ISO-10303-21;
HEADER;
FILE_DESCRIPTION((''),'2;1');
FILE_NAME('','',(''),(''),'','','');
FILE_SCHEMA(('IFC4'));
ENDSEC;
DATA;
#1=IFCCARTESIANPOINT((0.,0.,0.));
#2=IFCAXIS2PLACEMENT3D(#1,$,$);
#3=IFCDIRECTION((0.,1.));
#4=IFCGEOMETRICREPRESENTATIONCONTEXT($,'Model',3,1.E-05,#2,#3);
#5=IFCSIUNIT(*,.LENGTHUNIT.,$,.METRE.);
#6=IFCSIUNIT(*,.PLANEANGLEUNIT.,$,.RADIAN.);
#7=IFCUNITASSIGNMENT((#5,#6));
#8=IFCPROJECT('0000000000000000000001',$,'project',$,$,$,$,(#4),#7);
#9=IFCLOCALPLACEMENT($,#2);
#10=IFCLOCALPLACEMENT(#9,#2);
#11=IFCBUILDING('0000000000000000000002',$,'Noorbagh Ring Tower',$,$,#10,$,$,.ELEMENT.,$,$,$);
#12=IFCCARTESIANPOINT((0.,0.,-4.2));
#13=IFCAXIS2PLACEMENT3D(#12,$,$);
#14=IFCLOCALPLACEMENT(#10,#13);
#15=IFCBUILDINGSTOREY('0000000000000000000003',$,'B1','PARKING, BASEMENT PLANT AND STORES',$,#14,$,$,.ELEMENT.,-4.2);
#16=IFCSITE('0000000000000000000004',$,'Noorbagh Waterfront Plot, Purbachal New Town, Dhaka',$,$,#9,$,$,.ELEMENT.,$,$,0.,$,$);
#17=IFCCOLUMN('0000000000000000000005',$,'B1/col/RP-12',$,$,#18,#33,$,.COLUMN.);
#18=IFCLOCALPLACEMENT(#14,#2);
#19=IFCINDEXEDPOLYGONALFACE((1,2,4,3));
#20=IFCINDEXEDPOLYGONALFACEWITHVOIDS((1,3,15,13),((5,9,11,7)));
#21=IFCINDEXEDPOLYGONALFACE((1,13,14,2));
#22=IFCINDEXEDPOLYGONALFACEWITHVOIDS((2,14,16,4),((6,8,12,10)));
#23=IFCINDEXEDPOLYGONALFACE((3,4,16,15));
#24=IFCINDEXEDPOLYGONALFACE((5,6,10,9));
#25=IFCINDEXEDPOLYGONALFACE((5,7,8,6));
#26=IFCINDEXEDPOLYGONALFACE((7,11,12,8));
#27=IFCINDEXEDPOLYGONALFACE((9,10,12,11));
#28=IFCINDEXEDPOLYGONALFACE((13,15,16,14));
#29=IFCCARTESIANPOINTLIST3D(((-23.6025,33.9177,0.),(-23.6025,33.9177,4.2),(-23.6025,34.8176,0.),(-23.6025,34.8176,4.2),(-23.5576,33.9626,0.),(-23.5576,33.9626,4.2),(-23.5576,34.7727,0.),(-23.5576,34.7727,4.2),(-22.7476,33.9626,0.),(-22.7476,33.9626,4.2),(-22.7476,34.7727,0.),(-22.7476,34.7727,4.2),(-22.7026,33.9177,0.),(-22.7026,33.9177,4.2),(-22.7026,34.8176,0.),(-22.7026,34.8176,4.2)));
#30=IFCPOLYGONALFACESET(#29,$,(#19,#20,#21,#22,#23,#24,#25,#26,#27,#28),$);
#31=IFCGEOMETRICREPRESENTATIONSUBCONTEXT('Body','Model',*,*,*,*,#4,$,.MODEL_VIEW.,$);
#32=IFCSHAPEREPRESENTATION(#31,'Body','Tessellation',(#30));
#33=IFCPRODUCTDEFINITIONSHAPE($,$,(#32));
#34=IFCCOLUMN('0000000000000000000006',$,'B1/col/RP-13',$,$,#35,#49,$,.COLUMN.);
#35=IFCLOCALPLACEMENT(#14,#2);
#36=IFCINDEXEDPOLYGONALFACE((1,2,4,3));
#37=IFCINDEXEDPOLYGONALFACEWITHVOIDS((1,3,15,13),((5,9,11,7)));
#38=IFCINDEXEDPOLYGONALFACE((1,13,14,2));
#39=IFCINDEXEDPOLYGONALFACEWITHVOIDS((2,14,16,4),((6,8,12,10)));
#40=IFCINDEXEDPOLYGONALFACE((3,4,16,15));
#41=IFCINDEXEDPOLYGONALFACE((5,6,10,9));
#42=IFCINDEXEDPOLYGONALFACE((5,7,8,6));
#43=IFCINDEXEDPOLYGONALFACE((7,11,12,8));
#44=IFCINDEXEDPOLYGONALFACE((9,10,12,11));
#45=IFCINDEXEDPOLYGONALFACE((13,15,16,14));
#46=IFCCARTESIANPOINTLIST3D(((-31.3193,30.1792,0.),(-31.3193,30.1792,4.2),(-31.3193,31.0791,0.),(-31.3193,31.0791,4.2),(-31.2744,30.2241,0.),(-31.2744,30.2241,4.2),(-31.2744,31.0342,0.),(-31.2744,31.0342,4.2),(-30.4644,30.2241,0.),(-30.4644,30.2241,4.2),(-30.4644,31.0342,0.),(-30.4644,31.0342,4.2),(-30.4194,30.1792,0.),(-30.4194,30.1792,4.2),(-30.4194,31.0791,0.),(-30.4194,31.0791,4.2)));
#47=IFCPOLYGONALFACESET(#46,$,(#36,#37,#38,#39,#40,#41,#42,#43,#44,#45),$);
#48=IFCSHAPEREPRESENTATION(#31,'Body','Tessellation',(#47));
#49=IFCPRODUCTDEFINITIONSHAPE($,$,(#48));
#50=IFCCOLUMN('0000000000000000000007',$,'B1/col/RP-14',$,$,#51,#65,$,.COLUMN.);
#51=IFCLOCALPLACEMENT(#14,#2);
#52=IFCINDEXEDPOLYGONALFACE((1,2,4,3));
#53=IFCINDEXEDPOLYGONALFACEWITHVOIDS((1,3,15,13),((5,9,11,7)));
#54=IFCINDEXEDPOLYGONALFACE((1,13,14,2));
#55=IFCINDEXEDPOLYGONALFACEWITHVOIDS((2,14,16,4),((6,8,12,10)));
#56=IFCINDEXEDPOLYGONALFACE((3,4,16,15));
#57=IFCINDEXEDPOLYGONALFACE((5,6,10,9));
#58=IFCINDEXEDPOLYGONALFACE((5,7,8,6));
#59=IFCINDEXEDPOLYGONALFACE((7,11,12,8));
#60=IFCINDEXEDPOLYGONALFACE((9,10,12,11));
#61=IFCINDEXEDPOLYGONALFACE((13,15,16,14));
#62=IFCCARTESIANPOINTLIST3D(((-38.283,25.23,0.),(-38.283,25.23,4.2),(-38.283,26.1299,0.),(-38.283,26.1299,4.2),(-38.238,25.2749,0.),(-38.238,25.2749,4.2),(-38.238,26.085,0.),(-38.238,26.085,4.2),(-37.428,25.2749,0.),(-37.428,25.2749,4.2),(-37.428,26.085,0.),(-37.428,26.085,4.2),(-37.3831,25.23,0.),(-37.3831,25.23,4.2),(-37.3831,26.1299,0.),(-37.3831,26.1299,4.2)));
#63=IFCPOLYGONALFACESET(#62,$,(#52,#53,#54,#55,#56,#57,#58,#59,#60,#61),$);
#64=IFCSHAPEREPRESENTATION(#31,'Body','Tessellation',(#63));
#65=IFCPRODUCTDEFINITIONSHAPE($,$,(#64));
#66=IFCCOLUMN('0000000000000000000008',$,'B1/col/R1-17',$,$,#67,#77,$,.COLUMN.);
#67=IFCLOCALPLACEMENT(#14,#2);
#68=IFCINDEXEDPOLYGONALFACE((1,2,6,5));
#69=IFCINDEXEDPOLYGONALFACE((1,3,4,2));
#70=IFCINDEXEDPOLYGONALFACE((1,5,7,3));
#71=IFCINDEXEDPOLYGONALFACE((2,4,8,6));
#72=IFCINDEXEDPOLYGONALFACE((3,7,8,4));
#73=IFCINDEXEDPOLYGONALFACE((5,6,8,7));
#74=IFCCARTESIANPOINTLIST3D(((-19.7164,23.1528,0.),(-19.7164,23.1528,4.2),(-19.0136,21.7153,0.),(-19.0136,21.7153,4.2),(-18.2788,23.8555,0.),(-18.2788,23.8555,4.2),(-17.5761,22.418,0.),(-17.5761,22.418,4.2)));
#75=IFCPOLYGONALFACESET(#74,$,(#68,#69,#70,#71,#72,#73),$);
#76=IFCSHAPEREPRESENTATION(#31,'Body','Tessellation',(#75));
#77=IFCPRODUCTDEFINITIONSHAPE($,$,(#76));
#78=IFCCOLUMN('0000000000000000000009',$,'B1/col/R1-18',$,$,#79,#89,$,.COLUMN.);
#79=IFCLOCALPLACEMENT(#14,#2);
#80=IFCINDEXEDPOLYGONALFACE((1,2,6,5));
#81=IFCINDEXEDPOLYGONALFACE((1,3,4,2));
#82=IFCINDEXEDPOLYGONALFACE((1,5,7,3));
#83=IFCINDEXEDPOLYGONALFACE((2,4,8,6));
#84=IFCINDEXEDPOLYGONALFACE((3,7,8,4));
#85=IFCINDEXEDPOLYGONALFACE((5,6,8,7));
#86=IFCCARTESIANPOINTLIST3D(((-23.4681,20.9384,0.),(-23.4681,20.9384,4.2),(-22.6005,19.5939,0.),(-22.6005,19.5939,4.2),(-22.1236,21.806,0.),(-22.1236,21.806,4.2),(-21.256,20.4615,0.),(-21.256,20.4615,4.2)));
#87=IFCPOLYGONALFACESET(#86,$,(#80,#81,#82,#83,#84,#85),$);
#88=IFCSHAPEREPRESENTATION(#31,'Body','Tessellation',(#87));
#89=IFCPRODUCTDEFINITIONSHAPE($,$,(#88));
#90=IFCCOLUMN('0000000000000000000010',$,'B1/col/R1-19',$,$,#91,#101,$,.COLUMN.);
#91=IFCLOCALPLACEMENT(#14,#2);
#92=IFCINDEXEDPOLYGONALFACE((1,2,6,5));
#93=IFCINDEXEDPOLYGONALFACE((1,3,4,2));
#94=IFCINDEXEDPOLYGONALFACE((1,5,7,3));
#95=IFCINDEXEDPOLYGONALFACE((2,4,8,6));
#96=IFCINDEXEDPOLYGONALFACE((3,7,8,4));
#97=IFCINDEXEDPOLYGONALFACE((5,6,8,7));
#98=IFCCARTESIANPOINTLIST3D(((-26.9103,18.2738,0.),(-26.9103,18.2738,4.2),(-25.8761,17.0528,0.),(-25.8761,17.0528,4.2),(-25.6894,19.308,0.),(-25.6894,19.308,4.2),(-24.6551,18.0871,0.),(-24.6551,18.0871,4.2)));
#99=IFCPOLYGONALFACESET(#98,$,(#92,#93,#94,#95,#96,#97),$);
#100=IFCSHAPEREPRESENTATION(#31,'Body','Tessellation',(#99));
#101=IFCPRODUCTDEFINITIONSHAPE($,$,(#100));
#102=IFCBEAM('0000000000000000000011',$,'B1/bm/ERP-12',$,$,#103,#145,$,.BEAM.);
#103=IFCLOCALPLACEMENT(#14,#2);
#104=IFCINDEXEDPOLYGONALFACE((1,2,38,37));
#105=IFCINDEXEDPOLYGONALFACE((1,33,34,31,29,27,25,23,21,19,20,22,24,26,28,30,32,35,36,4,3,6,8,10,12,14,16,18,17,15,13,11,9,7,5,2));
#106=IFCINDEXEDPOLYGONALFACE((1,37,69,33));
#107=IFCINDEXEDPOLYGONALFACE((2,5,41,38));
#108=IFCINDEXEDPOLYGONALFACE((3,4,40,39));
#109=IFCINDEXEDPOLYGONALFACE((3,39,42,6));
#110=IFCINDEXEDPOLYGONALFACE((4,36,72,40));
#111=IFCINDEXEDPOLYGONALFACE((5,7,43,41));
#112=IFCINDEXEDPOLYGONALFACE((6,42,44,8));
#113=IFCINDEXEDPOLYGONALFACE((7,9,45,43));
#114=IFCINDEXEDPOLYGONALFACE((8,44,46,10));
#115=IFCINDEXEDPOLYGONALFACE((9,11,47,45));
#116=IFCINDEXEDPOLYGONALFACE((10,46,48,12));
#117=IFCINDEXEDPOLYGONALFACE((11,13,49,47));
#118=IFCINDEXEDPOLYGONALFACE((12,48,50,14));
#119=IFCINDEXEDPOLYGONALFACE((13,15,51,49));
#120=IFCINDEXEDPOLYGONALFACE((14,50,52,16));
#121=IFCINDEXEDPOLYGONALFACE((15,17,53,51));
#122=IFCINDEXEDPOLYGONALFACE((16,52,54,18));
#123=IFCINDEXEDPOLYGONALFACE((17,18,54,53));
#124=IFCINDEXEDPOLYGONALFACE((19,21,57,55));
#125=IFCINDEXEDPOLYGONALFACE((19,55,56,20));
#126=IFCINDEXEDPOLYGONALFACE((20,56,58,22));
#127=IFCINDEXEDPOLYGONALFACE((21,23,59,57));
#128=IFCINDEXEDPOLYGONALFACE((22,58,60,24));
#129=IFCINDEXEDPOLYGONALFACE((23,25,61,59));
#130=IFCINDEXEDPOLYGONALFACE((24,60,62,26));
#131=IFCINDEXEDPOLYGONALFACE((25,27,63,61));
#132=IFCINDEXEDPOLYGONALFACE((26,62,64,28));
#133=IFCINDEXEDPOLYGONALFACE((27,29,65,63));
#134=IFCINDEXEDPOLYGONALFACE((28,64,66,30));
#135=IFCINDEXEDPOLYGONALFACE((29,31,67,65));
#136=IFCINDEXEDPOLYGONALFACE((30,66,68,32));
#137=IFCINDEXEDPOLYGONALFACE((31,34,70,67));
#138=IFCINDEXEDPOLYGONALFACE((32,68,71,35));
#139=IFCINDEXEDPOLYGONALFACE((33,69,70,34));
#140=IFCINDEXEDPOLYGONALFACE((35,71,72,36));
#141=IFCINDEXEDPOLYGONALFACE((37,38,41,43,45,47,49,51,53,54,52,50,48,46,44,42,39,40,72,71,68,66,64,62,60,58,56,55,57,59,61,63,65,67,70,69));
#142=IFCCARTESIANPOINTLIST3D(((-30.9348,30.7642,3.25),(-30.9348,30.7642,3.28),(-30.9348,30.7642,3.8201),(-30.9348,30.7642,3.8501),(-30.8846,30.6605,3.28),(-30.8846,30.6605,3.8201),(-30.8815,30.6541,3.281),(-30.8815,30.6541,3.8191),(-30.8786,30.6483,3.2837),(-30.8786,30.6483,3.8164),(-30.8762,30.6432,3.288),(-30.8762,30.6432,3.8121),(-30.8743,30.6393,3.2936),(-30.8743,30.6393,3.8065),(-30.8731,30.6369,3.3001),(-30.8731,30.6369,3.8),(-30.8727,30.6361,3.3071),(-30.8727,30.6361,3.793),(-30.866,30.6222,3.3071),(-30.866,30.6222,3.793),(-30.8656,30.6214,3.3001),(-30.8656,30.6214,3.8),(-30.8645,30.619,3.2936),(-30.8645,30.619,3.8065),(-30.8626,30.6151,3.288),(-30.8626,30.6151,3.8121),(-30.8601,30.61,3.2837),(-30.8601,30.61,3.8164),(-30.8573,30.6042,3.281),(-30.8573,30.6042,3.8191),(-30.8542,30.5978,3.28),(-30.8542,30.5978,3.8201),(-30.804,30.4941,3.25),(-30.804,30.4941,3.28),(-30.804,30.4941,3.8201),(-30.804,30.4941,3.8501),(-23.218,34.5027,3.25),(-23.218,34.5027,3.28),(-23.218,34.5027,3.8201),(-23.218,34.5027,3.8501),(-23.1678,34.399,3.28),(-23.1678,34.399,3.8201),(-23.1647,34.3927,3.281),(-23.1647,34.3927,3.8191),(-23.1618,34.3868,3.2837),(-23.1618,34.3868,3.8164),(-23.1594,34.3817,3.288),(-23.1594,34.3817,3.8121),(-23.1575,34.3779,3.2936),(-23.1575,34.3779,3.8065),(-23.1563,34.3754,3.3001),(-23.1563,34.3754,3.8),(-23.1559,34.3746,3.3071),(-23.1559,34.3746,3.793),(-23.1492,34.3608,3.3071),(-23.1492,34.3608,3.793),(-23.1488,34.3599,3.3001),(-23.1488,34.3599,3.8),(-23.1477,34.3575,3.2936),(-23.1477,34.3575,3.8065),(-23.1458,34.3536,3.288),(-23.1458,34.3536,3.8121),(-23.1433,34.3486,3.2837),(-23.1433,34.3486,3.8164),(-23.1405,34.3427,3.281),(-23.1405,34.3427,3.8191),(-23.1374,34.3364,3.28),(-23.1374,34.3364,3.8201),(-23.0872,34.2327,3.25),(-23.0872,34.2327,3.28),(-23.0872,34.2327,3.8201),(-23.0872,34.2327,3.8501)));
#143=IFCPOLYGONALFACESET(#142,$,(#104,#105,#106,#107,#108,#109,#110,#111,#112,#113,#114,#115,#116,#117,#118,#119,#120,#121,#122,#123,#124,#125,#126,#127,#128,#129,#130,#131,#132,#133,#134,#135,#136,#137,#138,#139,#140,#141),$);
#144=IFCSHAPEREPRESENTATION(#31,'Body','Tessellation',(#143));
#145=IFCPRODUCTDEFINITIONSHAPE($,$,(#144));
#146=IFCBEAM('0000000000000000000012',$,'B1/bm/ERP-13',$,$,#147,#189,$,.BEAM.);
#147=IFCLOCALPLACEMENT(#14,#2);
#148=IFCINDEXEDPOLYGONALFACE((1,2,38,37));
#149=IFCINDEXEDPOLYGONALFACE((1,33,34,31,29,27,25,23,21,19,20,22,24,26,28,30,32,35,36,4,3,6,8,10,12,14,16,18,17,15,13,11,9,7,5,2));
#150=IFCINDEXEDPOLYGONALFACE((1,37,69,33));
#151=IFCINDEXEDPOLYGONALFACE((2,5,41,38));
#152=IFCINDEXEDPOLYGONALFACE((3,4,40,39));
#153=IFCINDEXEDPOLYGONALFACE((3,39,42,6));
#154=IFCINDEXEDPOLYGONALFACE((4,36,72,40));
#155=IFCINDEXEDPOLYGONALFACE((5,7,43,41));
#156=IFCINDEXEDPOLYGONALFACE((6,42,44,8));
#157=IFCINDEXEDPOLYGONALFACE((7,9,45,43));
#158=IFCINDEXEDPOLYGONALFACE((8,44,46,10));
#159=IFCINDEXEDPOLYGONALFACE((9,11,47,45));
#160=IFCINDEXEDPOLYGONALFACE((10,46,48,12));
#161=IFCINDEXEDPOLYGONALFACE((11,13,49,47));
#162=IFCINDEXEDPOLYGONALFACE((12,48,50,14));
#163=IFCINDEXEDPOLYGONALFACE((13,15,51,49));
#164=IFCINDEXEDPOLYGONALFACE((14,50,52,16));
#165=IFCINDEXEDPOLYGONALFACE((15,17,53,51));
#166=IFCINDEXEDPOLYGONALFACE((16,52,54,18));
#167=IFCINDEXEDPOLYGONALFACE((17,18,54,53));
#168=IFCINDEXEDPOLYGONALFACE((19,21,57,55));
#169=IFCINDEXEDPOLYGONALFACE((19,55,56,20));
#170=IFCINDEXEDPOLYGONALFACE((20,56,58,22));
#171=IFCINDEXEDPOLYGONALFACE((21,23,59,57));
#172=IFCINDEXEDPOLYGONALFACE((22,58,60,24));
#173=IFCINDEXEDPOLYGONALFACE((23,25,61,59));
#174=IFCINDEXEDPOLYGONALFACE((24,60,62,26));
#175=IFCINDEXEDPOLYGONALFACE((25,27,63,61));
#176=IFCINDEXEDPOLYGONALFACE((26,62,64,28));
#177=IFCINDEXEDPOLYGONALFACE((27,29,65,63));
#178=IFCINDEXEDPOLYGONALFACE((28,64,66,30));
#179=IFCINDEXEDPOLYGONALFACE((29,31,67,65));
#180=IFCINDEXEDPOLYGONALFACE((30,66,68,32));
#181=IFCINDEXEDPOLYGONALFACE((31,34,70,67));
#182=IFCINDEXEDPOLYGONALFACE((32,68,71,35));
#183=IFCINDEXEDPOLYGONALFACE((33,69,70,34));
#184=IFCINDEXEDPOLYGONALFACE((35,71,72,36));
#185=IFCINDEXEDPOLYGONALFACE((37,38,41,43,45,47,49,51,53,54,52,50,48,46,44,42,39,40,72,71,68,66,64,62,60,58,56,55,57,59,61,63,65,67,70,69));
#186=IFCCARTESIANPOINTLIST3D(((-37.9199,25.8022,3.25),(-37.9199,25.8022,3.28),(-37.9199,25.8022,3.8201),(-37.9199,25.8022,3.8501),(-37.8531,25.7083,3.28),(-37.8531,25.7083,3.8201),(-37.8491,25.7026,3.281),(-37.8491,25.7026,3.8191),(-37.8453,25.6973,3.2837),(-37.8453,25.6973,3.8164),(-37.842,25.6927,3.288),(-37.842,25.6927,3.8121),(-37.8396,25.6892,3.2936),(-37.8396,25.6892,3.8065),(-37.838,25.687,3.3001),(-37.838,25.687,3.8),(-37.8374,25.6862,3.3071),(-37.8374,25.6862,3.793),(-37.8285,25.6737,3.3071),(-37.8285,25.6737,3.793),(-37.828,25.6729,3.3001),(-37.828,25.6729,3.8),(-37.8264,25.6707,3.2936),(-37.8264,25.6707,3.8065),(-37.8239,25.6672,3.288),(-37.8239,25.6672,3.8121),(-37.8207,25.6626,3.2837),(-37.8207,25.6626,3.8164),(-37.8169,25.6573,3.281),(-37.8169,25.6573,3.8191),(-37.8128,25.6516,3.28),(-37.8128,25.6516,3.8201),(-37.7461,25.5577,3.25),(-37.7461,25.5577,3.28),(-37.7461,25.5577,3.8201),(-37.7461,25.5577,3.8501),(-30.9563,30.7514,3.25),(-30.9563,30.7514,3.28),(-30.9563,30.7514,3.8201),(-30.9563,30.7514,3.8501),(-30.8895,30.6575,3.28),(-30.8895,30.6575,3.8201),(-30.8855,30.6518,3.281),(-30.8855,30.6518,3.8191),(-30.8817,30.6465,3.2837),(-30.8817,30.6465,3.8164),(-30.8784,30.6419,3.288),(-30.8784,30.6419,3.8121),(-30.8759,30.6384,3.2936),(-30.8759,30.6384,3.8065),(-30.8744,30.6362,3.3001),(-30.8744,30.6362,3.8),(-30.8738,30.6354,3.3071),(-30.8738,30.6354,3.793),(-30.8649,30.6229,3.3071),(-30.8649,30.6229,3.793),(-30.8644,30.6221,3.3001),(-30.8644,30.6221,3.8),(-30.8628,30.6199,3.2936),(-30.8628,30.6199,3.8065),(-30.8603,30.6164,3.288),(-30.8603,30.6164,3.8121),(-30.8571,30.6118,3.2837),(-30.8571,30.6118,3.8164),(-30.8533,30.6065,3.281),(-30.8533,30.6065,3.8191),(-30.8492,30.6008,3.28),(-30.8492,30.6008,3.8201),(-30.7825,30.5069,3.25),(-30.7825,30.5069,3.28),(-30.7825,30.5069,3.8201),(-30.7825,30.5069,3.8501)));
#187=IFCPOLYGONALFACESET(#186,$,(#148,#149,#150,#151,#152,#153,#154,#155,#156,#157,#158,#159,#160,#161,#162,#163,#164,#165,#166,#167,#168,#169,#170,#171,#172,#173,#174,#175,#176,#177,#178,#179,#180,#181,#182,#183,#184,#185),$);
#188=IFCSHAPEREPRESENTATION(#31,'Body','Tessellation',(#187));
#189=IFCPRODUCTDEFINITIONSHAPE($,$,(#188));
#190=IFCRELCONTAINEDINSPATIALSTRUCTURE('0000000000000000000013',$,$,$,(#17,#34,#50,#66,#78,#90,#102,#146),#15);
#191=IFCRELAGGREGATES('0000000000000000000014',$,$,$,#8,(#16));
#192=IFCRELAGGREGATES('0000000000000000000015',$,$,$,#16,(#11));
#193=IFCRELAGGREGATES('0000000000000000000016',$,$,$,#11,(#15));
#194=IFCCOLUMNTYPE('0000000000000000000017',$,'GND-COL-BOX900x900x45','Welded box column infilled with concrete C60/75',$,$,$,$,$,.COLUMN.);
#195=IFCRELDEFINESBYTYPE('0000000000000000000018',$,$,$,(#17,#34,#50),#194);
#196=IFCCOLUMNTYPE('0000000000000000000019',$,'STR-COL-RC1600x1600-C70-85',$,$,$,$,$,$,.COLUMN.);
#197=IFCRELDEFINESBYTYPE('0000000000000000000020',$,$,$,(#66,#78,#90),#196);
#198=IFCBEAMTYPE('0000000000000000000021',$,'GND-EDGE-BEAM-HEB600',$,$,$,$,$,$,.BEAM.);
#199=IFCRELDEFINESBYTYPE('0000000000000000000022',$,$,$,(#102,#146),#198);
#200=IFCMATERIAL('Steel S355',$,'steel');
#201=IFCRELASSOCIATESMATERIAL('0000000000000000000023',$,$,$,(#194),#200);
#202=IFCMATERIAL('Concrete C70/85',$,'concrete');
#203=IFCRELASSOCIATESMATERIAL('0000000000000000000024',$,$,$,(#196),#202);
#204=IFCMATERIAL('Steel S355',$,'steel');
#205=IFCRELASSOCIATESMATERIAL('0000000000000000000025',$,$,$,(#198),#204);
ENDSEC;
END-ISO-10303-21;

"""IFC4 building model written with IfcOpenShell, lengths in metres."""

from ifc_helpers import new_model, si_unit, direction, frame, origin, origin_2d, place, context, subcontext, project, spatial, rectangle, hollow_rectangle, i_section, extrude, material, material_profile, profile_set, type_object, element, save


model = new_model("IFC4")

# Units and contexts
model_context = context("Model", 3, precision=1e-05, world=origin(), true_north=direction((0.0, 1.0)))
body_context = subcontext(model_context, "Body", "Model", "MODEL_VIEW")
ifc_project = project(units=[si_unit("LENGTHUNIT", "METRE"), si_unit("PLANEANGLEUNIT", "RADIAN")], contexts=[model_context])

# Site, building, storey
site_placement = place(None, origin())
site = spatial("IfcSite", under=ifc_project, at=site_placement, Name="Noorbagh Waterfront Plot, Purbachal New Town, Dhaka", CompositionType="ELEMENT", RefElevation=0.0)
building_placement = place(site_placement, origin())
building = spatial("IfcBuilding", under=site, at=building_placement, Name="Noorbagh Ring Tower", CompositionType="ELEMENT")
storey_placement = place(building_placement, frame((0.0, 0.0, -4.2)))
storey = spatial("IfcBuildingStorey", under=building, at=storey_placement, Name="B1", Description="PARKING, BASEMENT PLANT AND STORES", CompositionType="ELEMENT", Elevation=-4.2)

# Columns
ifc_material_1 = material(Name="Steel S355", Category="steel")
ifc_material_profile_1 = material_profile(ifc_material_1, hollow_rectangle(XDim=0.8999, YDim=0.8999, WallThickness=0.0449, at=origin_2d()), Name="BOX900x900x45")
ifc_profile_set_1 = profile_set([ifc_material_profile_1], Name="Steel S355")
column_type_1 = type_object("IfcColumnType", Name="GND-COL-BOX900x900x45", Description="Welded box column infilled with concrete C60/75", PredefinedType="COLUMN", material=ifc_profile_set_1)
for number, where, z_axis, x_axis, name in (
    (1, (-23.1526, 34.3677, 0.0), (0.0, 0.0, 1.0), (1.0, 0.0, 0.0), "B1/col/RP-12"),
    (2, (-30.8694, 30.6292, 0.0), (0.0, 0.0, 1.0), (1.0, 0.0, 0.0), "B1/col/RP-13"),
    (3, (-37.833, 25.6799, 0.0), (0.0, 0.0, 1.0), (1.0, 0.0, 0.0), "B1/col/RP-14"),
):
    element("IfcColumn", number, at=place(storey_placement, frame(where, z_axis=z_axis, x_axis=x_axis)), inside=storey, type_object=column_type_1, Name=name, PredefinedType="COLUMN", context=body_context, shape_type="SweptSolid", body=[
        extrude(hollow_rectangle(XDim=0.8999, YDim=0.8999, WallThickness=0.0449, at=origin_2d()), origin(), (0.0, 0.0, 1.0), 4.2),
    ])
ifc_material_2 = material(Name="Concrete C70/85", Category="concrete")
ifc_material_profile_2 = material_profile(ifc_material_2, rectangle(XDim=1.6001, YDim=1.6001, at=origin_2d()), Name="RC1600x1600")
ifc_profile_set_2 = profile_set([ifc_material_profile_2], Name="Concrete C70/85")
column_type_2 = type_object("IfcColumnType", Name="STR-COL-RC1600x1600-C70-85", PredefinedType="COLUMN", material=ifc_profile_set_2)
for number, where, z_axis, x_axis, name in (
    (4, (-18.6462, 22.7854, 0.0), (0.0, 0.0, 1.0), (-0.898399, -0.43918, 0.0), "B1/col/R1-17"),
    (5, (-22.3621, 20.7, 0.0), (0.0, 0.0, 1.0), (-0.840248, -0.542203, 0.0), "B1/col/R1-18"),
    (6, (-25.7827, 18.1804, 0.0), (0.0, 0.0, 1.0), (-0.763035, -0.646357, 0.0), "B1/col/R1-19"),
):
    element("IfcColumn", number, at=place(storey_placement, frame(where, z_axis=z_axis, x_axis=x_axis)), inside=storey, type_object=column_type_2, Name=name, PredefinedType="COLUMN", context=body_context, shape_type="SweptSolid", body=[
        extrude(rectangle(XDim=1.6001, YDim=1.6001, at=origin_2d()), origin(), (0.0, 0.0, 1.0), 4.2),
    ])

# Beams
ifc_material_3 = material(Name="Steel S355", Category="steel")
ifc_material_profile_3 = material_profile(ifc_material_3, i_section(OverallWidth=0.3, OverallDepth=0.6001, WebThickness=0.0154, FlangeThickness=0.03, FilletRadius=0.0271, at=origin_2d()), Name="HEB600")
ifc_profile_set_3 = profile_set([ifc_material_profile_3], Name="Steel S355")
beam_type_1 = type_object("IfcBeamType", Name="GND-EDGE-BEAM-HEB600", PredefinedType="BEAM", material=ifc_profile_set_3)
beam_1_placement = place(storey_placement, frame((-23.1526, 34.3677, 3.55), z_axis=(-0.899949, -0.435995, 0.0), x_axis=(0.435995, -0.899949, 0.0)))
element("IfcBeam", 7, at=beam_1_placement, inside=storey, type_object=beam_type_1, Name="B1/bm/ERP-12", PredefinedType="BEAM", context=body_context, shape_type="SweptSolid", body=[
    extrude(i_section(OverallWidth=0.3, OverallDepth=0.6001, WebThickness=0.0154, FlangeThickness=0.03, FilletRadius=0.0271, at=origin_2d()), origin(), (0.0, 0.0, 1.0), 8.5747),
])
beam_2_placement = place(storey_placement, frame((-30.8694, 30.6292, 3.55), z_axis=(-0.815104, -0.579315, 0.0), x_axis=(0.579315, -0.815104, 0.0)))
element("IfcBeam", 8, at=beam_2_placement, inside=storey, type_object=beam_type_1, Name="B1/bm/ERP-13", PredefinedType="BEAM", context=body_context, shape_type="SweptSolid", body=[
    extrude(i_section(OverallWidth=0.3, OverallDepth=0.6001, WebThickness=0.0154, FlangeThickness=0.03, FilletRadius=0.0271, at=origin_2d()), origin(), (0.0, 0.0, 1.0), 8.5432),
])

save(model, "model.ifc")
